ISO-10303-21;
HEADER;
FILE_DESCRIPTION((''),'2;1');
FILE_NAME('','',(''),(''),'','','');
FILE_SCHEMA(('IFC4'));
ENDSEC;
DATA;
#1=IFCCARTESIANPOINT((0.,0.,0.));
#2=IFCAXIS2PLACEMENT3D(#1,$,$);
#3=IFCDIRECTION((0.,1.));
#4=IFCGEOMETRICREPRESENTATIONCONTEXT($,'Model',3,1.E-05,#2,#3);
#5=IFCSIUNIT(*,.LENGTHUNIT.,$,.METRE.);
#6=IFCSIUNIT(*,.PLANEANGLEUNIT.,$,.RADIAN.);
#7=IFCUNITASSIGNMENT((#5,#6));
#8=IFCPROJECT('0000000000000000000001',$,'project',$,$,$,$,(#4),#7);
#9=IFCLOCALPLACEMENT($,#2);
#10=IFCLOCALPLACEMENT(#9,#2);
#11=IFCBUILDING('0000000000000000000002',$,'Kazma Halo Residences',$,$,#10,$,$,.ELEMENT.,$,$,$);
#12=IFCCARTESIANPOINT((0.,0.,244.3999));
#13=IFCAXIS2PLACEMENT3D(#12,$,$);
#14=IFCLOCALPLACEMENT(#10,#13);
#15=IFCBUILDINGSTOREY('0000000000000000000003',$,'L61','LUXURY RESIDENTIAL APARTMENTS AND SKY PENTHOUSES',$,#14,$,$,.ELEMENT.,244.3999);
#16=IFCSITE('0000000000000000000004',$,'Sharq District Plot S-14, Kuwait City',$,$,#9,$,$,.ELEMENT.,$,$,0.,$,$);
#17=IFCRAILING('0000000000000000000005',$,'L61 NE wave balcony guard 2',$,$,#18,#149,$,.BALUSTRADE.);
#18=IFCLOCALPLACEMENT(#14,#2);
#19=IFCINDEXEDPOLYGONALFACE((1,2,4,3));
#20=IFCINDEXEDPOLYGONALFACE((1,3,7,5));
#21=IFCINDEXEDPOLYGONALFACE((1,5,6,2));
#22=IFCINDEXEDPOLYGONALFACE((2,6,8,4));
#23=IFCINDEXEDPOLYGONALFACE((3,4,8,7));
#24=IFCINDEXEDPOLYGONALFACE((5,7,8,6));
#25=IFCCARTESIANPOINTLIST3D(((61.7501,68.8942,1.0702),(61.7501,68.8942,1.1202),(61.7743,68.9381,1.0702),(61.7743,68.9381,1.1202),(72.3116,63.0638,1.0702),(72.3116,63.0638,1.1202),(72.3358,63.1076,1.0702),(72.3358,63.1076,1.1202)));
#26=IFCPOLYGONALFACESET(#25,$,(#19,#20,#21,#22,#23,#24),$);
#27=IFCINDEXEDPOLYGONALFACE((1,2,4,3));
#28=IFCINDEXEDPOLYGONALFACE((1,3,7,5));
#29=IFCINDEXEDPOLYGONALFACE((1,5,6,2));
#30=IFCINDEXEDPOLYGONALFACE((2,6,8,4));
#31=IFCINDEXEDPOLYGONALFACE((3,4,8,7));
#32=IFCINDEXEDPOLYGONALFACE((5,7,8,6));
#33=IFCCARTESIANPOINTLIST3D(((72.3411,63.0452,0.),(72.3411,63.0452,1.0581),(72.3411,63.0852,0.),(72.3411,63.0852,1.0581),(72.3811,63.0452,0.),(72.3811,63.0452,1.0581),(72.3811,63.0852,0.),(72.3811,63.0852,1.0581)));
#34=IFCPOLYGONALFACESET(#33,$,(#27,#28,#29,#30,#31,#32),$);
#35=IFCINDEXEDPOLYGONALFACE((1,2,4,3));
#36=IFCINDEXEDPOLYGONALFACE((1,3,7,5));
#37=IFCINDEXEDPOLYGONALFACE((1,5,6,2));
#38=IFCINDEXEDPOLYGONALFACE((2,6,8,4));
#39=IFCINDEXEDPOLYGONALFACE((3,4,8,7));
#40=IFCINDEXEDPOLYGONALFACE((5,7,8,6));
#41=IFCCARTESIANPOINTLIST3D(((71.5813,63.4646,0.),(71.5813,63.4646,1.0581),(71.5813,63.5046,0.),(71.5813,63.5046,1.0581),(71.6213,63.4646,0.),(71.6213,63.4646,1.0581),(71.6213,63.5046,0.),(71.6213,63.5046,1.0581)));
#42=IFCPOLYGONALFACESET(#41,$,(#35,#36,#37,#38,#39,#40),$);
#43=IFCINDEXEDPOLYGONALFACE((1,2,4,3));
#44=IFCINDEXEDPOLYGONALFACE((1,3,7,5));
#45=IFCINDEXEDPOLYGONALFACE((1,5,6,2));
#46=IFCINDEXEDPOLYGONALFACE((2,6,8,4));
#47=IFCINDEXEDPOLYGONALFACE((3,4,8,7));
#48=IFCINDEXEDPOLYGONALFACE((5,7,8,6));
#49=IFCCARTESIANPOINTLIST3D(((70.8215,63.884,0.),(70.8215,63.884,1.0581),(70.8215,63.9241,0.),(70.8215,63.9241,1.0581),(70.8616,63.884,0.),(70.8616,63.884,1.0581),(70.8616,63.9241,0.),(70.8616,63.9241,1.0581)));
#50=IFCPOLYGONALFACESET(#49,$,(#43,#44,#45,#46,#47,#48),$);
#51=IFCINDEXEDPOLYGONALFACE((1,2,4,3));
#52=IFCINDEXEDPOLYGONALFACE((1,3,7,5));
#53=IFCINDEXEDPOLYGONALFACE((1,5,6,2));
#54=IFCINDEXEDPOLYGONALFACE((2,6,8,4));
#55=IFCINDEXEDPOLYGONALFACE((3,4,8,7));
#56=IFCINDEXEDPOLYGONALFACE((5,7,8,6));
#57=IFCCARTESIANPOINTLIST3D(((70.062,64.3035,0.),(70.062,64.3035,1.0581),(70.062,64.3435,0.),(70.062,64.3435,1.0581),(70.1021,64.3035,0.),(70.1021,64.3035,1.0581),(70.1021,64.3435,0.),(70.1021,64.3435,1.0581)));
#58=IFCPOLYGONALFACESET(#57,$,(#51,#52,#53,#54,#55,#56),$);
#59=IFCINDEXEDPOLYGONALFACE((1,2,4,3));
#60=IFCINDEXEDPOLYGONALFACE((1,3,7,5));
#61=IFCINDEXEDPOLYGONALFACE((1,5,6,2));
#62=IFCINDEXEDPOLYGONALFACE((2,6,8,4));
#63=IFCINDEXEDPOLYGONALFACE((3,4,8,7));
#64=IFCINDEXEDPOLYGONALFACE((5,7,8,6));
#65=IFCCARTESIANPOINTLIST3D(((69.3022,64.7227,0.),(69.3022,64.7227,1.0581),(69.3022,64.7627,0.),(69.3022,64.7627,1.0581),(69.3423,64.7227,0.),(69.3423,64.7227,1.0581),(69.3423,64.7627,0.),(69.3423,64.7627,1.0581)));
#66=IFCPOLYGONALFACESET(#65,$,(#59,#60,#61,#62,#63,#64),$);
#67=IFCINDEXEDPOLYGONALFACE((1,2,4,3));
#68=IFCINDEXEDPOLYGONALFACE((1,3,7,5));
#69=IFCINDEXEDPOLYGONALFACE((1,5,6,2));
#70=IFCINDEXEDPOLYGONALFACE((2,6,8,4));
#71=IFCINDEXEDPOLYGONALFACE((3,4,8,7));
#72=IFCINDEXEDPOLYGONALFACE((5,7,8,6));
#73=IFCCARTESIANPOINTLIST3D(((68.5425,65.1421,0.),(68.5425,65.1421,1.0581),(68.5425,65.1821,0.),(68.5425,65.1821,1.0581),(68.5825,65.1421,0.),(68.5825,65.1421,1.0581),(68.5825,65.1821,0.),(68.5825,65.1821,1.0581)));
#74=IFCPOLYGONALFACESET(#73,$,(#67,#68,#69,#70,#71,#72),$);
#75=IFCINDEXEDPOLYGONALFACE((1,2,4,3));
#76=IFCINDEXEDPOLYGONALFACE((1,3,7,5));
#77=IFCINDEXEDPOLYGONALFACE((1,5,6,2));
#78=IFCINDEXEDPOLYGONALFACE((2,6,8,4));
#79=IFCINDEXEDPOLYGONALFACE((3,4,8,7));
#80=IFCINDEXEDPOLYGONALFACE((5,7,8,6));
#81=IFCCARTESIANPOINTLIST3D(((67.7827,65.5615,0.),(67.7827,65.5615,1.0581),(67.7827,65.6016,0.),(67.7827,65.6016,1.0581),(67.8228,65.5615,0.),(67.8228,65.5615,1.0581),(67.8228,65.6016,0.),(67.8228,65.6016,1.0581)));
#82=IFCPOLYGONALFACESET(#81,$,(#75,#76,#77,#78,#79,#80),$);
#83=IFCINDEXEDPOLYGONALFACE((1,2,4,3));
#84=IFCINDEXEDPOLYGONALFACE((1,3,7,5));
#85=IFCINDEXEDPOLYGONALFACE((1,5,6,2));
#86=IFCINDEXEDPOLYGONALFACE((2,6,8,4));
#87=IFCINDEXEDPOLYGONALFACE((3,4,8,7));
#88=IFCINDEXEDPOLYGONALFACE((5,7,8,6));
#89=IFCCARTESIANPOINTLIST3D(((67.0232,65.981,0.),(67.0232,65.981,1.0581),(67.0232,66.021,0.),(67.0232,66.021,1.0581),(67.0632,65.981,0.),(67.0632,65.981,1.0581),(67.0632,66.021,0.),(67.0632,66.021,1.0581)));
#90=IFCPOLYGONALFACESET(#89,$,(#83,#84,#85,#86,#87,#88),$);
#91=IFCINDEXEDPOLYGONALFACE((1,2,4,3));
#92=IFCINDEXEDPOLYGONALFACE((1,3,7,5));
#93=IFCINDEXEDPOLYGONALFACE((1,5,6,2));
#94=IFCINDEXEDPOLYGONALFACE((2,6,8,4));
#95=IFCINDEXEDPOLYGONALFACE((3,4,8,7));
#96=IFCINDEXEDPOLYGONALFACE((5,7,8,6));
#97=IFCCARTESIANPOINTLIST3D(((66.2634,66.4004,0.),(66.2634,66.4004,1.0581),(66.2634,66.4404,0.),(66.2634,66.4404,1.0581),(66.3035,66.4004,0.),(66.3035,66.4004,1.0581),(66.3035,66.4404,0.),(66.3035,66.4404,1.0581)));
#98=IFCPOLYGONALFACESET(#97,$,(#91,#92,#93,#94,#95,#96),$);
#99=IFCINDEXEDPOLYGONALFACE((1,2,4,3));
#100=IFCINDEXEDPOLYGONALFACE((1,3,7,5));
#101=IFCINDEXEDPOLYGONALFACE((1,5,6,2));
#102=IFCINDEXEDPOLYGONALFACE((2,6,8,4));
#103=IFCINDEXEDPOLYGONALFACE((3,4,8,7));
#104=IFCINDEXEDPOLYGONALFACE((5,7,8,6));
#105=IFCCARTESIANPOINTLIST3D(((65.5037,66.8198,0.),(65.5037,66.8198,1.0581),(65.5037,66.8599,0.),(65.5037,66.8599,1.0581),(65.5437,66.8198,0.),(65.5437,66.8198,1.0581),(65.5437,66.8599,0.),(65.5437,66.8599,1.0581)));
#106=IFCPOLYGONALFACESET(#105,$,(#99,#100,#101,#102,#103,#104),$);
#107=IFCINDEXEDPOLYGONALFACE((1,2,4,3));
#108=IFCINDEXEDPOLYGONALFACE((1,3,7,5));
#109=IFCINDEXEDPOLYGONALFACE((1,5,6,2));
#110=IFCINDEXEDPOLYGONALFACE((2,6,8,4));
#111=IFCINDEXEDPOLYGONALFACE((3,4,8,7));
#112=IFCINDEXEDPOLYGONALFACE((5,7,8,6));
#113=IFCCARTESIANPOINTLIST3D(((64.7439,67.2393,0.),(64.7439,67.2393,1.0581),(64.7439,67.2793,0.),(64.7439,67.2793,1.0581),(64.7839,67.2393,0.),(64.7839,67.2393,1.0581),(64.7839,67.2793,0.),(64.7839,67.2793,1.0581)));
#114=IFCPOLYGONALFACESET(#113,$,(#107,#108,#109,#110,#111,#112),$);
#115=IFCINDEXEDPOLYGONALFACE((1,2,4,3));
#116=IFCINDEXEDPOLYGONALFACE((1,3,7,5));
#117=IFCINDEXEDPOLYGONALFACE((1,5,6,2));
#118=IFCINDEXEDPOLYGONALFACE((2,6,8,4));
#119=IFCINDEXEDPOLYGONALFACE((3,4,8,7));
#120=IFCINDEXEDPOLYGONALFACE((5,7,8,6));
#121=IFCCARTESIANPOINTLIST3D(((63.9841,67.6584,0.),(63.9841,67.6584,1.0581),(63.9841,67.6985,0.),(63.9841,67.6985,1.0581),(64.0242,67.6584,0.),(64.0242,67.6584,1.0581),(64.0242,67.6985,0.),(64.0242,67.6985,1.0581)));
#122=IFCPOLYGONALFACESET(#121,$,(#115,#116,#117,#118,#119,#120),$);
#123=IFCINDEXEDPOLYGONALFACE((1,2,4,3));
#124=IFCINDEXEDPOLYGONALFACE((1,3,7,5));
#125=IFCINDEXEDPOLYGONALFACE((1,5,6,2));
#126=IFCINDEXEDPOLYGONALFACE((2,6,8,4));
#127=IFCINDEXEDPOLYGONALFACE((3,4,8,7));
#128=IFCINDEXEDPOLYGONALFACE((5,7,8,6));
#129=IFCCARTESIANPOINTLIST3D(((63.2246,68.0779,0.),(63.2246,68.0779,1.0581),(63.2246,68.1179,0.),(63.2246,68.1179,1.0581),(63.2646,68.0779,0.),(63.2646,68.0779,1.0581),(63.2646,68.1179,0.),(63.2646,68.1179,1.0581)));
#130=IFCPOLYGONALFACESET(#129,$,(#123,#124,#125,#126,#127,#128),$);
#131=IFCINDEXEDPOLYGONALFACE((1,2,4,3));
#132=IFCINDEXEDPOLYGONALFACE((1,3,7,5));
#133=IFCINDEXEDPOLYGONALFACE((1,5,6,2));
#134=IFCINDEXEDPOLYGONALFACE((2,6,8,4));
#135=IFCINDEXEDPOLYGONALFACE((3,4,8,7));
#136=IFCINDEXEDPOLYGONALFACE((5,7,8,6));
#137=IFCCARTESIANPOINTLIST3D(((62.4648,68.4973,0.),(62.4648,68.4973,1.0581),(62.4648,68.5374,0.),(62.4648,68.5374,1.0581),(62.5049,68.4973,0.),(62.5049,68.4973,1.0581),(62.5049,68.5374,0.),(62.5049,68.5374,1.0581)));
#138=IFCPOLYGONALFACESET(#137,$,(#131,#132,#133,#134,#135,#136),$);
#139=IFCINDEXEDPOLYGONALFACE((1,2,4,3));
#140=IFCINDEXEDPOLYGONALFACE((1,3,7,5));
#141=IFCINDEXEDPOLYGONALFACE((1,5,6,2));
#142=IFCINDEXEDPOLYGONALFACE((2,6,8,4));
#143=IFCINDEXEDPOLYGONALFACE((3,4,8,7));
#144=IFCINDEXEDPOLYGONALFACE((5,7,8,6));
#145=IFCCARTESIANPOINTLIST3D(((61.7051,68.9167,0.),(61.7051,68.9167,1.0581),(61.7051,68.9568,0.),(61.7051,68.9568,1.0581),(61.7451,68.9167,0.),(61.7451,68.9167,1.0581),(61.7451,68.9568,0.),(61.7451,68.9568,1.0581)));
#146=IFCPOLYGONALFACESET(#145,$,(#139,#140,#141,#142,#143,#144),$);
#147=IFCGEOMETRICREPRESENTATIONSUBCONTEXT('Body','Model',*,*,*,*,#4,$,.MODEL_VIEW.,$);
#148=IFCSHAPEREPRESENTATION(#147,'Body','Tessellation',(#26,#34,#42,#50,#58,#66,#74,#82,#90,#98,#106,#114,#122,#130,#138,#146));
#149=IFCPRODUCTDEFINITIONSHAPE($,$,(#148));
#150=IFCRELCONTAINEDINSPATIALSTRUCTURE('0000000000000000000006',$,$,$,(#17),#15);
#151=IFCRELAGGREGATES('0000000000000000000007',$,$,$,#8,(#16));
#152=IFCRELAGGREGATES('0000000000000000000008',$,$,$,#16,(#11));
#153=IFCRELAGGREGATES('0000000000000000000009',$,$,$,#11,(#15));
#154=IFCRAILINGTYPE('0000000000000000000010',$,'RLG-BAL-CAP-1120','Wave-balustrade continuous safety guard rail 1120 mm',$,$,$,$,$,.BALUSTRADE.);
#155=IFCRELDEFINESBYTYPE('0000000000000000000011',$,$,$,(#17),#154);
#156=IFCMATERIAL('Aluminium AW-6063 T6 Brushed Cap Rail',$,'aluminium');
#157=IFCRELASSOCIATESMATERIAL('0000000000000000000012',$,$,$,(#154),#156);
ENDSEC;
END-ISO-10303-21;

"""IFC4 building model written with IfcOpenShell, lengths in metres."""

from ifc_helpers import new_model, si_unit, direction, frame, origin, origin_2d, place, context, subcontext, project, spatial, rectangle, extrude, material, type_object, element, save


model = new_model("IFC4")

# Units and contexts
model_context = context("Model", 3, precision=1e-05, world=origin(), true_north=direction((0.0, 1.0)))
body_context = subcontext(model_context, "Body", "Model", "MODEL_VIEW")
ifc_project = project(units=[si_unit("LENGTHUNIT", "METRE"), si_unit("PLANEANGLEUNIT", "RADIAN")], contexts=[model_context])

# Site, building, storey
site_placement = place(None, origin())
site = spatial("IfcSite", under=ifc_project, at=site_placement, Name="Sharq District Plot S-14, Kuwait City", CompositionType="ELEMENT", RefElevation=0.0)
building_placement = place(site_placement, origin())
building = spatial("IfcBuilding", under=site, at=building_placement, Name="Kazma Halo Residences", CompositionType="ELEMENT")
storey_placement = place(building_placement, frame((0.0, 0.0, 244.3999)))
storey = spatial("IfcBuildingStorey", under=building, at=storey_placement, Name="L61", Description="LUXURY RESIDENTIAL APARTMENTS AND SKY PENTHOUSES", CompositionType="ELEMENT", Elevation=244.3999)

# Railing
ifc_material_1 = material(Name="Aluminium AW-6063 T6 Brushed Cap Rail", Category="aluminium")
railing_type = type_object("IfcRailingType", Name="RLG-BAL-CAP-1120", Description="Wave-balustrade continuous safety guard rail 1120 mm", PredefinedType="BALUSTRADE", material=ifc_material_1)
railing_1_placement = place(storey_placement, frame((72.3611, 63.0652, 0.0)))
element("IfcRailing", 1, at=railing_1_placement, inside=storey, type_object=railing_type, Name="L61 NE wave balcony guard 2", PredefinedType="BALUSTRADE", context=body_context, shape_type="SweptSolid", body=[
    extrude(rectangle(XDim=0.05, YDim=0.05, at=origin_2d()), frame((-0.0374, 0.0205, 1.0952), z_axis=(-0.875457, 0.483295, 0.0), x_axis=(-0.483295, -0.875457, 0.0)), (0.0, 0.0, 1.0), 12.064),
    extrude(rectangle(XDim=0.04, YDim=0.04, at=origin_2d()), origin(), (0.0, 0.0, 1.0), 1.0581),
    extrude(rectangle(XDim=0.04, YDim=0.04, at=origin_2d()), frame((-0.7598, 0.4194, 0.0)), (0.0, 0.0, 1.0), 1.0581),
    extrude(rectangle(XDim=0.04, YDim=0.04, at=origin_2d()), frame((-1.5195, 0.8389, 0.0)), (0.0, 0.0, 1.0), 1.0581),
    extrude(rectangle(XDim=0.04, YDim=0.04, at=origin_2d()), frame((-2.2791, 1.2583, 0.0)), (0.0, 0.0, 1.0), 1.0581),
    extrude(rectangle(XDim=0.04, YDim=0.04, at=origin_2d()), frame((-3.0388, 1.6775, 0.0)), (0.0, 0.0, 1.0), 1.0581),
    extrude(rectangle(XDim=0.04, YDim=0.04, at=origin_2d()), frame((-3.7986, 2.0969, 0.0)), (0.0, 0.0, 1.0), 1.0581),
    extrude(rectangle(XDim=0.04, YDim=0.04, at=origin_2d()), frame((-4.5583, 2.5164, 0.0)), (0.0, 0.0, 1.0), 1.0581),
    extrude(rectangle(XDim=0.04, YDim=0.04, at=origin_2d()), frame((-5.3179, 2.9358, 0.0)), (0.0, 0.0, 1.0), 1.0581),
    extrude(rectangle(XDim=0.04, YDim=0.04, at=origin_2d()), frame((-6.0776, 3.3552, 0.0)), (0.0, 0.0, 1.0), 1.0581),
    extrude(rectangle(XDim=0.04, YDim=0.04, at=origin_2d()), frame((-6.8374, 3.7747, 0.0)), (0.0, 0.0, 1.0), 1.0581),
    extrude(rectangle(XDim=0.04, YDim=0.04, at=origin_2d()), frame((-7.5972, 4.1941, 0.0)), (0.0, 0.0, 1.0), 1.0581),
    extrude(rectangle(XDim=0.04, YDim=0.04, at=origin_2d()), frame((-8.3569, 4.6133, 0.0)), (0.0, 0.0, 1.0), 1.0581),
    extrude(rectangle(XDim=0.04, YDim=0.04, at=origin_2d()), frame((-9.1165, 5.0327, 0.0)), (0.0, 0.0, 1.0), 1.0581),
    extrude(rectangle(XDim=0.04, YDim=0.04, at=origin_2d()), frame((-9.8762, 5.4521, 0.0)), (0.0, 0.0, 1.0), 1.0581),
    extrude(rectangle(XDim=0.04, YDim=0.04, at=origin_2d()), frame((-10.636, 5.8716, 0.0)), (0.0, 0.0, 1.0), 1.0581),
])

save(model, "model.ifc")
